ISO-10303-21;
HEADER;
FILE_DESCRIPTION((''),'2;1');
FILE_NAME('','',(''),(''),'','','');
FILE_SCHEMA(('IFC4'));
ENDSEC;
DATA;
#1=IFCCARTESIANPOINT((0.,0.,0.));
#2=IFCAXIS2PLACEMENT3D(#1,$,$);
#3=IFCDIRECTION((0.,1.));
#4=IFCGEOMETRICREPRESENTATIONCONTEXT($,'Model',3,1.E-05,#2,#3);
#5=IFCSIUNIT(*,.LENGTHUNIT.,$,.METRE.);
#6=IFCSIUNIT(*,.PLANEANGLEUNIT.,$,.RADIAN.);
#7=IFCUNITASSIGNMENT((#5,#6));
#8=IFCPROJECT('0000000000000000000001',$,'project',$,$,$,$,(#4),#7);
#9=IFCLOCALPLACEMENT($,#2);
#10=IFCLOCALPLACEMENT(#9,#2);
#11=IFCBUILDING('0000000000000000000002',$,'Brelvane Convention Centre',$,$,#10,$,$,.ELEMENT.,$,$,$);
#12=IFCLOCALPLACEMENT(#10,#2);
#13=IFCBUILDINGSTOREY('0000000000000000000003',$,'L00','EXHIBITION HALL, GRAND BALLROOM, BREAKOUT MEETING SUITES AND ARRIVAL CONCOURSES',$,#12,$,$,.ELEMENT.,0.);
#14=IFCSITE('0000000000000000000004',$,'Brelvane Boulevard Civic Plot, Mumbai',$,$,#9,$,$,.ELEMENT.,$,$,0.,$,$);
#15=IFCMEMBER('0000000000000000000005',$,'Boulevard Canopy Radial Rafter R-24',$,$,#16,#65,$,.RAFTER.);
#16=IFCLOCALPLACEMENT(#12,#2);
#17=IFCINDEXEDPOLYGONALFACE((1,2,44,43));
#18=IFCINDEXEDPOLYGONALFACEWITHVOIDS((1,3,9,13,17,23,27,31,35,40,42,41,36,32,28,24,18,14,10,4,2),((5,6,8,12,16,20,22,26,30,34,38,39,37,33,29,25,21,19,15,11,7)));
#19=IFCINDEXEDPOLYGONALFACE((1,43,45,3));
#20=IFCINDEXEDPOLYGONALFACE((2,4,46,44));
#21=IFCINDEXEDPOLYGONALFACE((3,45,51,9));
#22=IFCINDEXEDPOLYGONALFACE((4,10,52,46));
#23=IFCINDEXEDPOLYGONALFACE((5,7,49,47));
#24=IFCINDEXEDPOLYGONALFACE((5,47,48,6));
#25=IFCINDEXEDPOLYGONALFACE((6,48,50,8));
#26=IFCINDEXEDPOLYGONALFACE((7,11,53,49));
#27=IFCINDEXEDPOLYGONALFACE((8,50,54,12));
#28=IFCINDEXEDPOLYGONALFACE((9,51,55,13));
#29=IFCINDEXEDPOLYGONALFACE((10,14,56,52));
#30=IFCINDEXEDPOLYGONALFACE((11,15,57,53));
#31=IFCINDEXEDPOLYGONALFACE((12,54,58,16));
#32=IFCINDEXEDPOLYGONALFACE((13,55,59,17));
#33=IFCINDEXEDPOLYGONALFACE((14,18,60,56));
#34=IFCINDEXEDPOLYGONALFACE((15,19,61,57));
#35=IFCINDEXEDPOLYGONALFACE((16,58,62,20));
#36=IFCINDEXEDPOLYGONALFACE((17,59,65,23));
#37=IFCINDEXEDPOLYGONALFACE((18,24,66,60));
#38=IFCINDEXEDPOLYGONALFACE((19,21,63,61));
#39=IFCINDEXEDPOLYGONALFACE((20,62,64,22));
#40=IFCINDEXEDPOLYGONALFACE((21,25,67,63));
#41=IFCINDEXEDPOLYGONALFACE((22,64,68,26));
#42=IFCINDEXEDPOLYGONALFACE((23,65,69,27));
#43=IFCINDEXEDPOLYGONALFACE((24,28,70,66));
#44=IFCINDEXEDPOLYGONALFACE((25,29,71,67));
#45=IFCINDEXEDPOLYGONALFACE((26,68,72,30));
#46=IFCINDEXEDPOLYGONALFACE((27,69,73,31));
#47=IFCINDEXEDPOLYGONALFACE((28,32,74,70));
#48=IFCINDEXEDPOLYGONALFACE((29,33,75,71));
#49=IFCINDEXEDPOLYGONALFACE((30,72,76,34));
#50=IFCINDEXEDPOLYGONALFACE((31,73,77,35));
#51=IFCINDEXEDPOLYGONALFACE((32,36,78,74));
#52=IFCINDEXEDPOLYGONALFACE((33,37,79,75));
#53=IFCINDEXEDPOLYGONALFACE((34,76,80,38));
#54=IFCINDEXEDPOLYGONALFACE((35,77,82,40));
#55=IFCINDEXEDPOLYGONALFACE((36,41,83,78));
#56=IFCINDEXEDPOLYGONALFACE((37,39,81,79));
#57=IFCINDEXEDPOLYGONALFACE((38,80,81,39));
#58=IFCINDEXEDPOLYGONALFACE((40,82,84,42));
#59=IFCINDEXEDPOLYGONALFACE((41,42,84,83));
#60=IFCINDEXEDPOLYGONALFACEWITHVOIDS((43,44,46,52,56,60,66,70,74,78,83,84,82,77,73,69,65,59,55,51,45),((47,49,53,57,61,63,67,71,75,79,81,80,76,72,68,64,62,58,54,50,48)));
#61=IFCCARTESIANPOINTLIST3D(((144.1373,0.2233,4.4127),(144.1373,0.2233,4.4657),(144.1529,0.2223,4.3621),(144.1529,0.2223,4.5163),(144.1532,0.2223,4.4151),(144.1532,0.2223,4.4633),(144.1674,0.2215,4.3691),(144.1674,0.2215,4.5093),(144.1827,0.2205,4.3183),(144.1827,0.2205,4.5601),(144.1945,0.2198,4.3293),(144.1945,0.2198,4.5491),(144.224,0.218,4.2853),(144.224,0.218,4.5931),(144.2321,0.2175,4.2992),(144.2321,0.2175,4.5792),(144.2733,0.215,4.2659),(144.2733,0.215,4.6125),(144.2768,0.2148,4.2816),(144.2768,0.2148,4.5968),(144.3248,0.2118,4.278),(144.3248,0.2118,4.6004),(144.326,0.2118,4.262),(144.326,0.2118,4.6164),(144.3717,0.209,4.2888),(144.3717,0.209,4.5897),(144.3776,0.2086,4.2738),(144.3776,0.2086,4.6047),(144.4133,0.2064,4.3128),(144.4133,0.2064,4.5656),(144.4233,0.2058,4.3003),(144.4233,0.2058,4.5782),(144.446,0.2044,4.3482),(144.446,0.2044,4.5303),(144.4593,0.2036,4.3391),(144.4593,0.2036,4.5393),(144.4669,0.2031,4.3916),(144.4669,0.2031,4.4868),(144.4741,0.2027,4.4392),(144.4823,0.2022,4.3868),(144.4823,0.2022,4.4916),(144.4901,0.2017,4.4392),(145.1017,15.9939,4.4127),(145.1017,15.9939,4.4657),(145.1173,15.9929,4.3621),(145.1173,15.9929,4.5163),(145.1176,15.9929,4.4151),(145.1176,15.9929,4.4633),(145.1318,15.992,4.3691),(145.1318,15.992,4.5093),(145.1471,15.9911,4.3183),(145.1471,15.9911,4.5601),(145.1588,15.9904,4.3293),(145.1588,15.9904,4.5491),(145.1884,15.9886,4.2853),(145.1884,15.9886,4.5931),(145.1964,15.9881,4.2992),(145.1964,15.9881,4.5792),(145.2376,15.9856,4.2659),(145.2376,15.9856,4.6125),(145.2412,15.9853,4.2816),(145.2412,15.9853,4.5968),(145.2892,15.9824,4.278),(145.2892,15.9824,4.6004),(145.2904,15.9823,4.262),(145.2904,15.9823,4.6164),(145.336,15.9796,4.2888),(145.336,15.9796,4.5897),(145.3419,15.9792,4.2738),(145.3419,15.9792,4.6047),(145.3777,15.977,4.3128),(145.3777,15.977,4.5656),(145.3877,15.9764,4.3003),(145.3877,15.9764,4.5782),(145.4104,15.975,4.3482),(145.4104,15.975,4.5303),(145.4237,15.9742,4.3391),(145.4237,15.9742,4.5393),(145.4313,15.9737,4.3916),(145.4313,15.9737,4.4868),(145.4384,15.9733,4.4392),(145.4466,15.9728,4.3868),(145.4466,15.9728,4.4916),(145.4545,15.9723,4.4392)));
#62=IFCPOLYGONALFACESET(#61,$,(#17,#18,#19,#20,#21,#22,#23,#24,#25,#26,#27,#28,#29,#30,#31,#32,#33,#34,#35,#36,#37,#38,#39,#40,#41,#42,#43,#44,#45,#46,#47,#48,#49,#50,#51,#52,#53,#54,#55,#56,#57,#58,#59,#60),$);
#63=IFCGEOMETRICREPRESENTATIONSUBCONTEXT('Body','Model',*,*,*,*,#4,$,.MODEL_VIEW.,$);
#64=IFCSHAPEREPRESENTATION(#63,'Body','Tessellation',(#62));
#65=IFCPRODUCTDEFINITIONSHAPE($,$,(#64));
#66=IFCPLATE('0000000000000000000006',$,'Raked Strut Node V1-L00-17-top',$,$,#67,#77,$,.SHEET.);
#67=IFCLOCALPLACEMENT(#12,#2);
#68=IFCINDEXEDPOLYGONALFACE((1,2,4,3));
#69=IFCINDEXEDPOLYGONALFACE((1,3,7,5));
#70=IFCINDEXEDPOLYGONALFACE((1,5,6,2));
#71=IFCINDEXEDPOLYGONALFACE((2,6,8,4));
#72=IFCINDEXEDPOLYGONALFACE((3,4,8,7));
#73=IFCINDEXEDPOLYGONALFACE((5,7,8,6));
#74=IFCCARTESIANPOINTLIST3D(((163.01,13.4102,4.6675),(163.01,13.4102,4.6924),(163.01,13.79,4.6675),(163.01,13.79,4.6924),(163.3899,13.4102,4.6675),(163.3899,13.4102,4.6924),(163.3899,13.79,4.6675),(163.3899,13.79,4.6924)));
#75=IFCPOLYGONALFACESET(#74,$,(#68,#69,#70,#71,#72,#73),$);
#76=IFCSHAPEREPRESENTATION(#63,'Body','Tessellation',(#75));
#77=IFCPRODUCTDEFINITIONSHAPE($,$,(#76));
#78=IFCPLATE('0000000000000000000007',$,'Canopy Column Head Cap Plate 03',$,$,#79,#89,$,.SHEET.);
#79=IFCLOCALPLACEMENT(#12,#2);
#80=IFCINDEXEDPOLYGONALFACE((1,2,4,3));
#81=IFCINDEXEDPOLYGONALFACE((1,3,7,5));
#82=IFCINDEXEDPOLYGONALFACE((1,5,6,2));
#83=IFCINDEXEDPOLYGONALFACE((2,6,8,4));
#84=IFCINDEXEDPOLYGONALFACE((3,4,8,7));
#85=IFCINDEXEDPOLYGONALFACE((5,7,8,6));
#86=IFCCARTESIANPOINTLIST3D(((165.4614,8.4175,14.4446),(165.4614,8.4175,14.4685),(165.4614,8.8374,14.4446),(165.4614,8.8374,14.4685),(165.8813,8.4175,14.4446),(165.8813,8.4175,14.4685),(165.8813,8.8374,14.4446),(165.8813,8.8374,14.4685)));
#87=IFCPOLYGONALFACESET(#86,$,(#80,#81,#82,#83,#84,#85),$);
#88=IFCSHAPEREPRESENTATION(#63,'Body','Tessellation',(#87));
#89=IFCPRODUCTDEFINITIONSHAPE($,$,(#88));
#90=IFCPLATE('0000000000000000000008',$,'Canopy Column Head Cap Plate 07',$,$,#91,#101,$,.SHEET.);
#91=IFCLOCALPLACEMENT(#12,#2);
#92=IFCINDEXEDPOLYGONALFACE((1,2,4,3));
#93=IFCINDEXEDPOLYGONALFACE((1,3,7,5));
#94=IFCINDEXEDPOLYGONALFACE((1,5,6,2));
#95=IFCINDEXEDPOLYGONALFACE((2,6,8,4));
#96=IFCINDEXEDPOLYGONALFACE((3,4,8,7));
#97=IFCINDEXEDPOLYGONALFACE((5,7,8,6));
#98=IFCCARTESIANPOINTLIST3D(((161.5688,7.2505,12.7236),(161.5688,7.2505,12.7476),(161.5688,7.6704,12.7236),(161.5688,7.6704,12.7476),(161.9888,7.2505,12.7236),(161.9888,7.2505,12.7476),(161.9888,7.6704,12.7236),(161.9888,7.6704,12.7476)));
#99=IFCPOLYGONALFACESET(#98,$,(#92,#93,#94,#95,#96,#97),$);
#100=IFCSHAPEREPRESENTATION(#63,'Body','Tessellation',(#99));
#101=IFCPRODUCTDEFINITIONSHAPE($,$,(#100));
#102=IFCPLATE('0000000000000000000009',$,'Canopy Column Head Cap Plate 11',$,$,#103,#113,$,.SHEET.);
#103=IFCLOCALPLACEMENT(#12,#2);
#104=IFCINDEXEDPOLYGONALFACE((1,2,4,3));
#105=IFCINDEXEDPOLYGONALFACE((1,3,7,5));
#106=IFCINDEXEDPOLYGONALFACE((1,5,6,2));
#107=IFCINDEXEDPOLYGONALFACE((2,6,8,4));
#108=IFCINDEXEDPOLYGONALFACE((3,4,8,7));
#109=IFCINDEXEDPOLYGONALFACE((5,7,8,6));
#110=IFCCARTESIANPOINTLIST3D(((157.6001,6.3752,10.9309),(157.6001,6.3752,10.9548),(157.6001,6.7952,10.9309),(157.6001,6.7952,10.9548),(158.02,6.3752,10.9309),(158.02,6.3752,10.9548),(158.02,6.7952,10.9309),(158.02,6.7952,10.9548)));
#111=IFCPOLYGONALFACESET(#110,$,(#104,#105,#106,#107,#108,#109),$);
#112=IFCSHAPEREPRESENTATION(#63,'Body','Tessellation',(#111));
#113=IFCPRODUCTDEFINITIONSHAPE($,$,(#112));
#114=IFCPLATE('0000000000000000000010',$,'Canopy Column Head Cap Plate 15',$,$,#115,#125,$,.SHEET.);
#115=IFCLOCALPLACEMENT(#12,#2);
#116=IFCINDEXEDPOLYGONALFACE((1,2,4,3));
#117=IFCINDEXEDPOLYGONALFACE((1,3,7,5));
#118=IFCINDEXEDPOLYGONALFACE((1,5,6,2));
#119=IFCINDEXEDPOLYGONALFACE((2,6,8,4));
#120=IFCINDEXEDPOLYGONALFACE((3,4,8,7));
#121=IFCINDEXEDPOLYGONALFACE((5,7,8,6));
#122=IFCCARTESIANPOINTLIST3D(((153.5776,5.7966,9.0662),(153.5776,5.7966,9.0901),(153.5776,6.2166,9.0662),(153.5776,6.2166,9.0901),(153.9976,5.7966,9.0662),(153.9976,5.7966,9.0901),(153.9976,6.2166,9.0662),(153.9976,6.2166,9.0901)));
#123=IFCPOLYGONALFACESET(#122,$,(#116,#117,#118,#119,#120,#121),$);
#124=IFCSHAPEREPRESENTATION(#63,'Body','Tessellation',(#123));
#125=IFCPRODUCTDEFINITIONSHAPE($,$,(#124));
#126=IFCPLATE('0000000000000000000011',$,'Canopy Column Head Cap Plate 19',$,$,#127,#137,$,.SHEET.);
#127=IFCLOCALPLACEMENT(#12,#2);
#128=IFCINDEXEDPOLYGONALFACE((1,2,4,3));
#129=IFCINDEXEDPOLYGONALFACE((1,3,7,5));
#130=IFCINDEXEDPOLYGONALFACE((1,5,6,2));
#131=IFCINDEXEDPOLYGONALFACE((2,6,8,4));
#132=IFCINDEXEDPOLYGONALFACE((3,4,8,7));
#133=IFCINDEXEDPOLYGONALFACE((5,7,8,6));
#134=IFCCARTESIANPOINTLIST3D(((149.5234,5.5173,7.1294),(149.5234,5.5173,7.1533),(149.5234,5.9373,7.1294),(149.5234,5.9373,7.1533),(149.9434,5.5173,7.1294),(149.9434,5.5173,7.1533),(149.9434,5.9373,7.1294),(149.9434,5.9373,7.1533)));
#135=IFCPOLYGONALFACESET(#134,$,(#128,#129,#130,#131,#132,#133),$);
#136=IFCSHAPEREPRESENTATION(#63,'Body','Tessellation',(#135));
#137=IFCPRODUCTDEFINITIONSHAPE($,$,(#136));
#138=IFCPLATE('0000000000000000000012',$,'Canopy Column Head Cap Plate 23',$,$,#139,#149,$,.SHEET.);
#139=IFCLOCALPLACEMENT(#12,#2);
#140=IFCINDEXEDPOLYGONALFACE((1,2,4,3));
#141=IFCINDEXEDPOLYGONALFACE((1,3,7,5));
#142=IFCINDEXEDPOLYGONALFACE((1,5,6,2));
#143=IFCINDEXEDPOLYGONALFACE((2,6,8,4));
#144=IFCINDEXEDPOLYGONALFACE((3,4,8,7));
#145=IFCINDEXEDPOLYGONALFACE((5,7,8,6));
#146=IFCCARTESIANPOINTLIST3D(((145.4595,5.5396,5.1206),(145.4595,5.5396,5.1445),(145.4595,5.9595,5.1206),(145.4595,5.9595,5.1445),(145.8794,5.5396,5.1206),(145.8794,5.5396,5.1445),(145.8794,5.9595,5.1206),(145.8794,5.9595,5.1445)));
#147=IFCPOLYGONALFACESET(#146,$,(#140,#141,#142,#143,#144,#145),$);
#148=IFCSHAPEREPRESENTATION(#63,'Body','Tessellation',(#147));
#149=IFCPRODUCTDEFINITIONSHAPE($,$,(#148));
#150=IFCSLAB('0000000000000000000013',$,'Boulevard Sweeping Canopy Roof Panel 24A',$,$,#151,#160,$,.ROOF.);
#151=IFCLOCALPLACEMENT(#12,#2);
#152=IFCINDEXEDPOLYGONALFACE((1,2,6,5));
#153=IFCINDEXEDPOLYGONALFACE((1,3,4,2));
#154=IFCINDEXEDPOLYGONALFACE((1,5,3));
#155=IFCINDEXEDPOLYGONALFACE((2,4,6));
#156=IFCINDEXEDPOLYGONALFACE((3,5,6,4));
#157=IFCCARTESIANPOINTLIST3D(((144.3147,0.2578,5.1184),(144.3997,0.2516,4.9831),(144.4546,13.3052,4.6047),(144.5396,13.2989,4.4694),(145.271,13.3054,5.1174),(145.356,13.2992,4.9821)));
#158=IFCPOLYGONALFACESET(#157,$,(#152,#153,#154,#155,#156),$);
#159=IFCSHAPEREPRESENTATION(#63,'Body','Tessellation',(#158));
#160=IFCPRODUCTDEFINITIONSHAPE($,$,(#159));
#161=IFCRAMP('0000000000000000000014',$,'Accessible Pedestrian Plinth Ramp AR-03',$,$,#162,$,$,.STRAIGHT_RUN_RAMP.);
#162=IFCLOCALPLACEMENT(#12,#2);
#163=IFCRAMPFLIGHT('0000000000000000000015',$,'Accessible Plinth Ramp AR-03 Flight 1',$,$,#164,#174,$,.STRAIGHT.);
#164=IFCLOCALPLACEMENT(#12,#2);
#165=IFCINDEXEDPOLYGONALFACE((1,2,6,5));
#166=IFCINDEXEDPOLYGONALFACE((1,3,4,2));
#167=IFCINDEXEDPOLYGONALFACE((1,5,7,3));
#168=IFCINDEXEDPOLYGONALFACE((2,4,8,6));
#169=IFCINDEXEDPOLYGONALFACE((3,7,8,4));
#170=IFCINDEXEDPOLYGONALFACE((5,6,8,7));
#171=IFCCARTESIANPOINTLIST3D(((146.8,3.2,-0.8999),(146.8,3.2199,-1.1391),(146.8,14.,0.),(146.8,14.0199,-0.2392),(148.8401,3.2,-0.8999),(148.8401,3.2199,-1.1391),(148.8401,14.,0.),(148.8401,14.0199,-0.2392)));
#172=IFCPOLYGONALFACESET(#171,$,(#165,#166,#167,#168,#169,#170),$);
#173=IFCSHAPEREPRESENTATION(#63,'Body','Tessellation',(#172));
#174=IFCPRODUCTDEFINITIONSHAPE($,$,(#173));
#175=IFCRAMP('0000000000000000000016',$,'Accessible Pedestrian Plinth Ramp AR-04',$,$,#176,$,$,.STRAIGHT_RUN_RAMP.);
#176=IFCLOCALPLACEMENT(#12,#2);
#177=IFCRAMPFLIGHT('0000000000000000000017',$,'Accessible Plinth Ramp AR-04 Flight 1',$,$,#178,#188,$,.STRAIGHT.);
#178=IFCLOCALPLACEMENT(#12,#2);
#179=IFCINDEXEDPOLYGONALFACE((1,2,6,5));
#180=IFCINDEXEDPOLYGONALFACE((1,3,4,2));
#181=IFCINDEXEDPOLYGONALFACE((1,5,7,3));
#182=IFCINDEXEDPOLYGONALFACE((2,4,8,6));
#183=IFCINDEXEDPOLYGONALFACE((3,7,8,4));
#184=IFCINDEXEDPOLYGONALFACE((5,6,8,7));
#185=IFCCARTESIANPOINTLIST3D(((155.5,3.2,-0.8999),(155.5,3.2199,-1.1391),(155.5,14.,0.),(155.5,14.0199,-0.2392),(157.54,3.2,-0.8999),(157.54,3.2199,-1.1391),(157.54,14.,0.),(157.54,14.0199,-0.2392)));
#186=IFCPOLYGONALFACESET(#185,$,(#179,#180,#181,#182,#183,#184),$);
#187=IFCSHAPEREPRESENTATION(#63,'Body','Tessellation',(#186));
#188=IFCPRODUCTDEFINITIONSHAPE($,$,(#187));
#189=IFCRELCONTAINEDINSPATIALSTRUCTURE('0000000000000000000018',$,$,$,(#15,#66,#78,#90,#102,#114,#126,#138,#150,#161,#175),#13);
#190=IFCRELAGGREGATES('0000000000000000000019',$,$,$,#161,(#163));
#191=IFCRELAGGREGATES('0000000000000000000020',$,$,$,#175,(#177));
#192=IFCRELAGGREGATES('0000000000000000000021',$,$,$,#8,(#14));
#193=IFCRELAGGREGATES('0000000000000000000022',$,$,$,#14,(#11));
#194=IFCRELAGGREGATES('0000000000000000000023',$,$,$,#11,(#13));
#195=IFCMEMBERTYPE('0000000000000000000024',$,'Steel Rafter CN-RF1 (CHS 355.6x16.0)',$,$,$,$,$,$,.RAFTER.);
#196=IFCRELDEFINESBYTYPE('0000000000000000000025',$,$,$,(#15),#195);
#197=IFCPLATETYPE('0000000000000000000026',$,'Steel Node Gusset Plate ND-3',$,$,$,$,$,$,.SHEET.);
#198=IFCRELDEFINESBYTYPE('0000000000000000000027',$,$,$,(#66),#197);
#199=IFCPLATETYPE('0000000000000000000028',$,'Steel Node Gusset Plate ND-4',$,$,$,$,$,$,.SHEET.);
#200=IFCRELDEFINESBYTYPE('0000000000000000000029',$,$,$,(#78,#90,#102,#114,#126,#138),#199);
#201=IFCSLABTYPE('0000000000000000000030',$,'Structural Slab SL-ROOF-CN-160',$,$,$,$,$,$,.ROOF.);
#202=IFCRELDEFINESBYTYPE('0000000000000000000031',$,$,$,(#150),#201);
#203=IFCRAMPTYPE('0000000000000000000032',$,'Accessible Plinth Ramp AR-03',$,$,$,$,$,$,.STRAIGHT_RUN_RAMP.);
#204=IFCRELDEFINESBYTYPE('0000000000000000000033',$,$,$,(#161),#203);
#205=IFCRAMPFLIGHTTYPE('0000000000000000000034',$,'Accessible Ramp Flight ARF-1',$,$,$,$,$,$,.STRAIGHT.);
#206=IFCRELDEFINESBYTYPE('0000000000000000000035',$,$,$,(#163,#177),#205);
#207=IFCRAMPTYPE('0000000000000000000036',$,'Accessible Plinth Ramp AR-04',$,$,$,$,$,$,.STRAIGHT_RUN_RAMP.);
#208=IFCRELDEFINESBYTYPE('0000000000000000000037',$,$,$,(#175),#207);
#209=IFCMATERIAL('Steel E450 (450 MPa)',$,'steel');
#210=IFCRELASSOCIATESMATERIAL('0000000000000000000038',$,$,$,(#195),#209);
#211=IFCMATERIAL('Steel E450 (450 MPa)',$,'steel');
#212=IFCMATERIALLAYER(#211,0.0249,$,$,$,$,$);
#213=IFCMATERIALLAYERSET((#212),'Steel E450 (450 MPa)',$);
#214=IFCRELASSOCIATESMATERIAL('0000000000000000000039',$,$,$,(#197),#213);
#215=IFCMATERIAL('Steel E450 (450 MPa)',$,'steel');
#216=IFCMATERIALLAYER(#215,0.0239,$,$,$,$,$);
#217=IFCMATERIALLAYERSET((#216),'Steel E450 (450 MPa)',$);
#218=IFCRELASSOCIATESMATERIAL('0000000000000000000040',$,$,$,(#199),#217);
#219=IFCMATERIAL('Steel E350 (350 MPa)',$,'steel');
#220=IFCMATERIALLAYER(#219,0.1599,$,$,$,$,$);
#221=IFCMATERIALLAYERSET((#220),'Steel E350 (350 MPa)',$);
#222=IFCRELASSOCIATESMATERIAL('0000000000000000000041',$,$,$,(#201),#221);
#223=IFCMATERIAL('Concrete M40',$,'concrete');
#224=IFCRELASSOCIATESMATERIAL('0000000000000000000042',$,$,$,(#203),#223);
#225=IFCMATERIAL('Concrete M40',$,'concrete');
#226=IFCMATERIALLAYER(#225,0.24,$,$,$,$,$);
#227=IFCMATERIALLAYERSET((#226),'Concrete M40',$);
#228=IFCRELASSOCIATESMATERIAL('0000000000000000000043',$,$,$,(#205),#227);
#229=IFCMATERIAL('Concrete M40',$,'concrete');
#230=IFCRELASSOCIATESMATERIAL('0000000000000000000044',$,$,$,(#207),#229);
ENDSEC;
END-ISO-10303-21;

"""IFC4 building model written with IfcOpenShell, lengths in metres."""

from ifc_helpers import new_model, si_unit, direction, frame, origin, origin_2d, place, context, subcontext, project, spatial, polyline, rectangle, hollow_circle, outline, extrude, material, layer, layer_set, material_profile, profile_set, type_object, element, aggregate, save


model = new_model("IFC4")

# Units and contexts
model_context = context("Model", 3, precision=1e-05, world=origin(), true_north=direction((0.0, 1.0)))
body_context = subcontext(model_context, "Body", "Model", "MODEL_VIEW")
ifc_project = project(units=[si_unit("LENGTHUNIT", "METRE"), si_unit("PLANEANGLEUNIT", "RADIAN")], contexts=[model_context])

# Site, building, storey
site_placement = place(None, origin())
site = spatial("IfcSite", under=ifc_project, at=site_placement, Name="Brelvane Boulevard Civic Plot, Mumbai", CompositionType="ELEMENT", RefElevation=0.0)
building_placement = place(site_placement, origin())
building = spatial("IfcBuilding", under=site, at=building_placement, Name="Brelvane Convention Centre", CompositionType="ELEMENT")
storey_placement = place(building_placement, origin())
storey = spatial("IfcBuildingStorey", under=building, at=storey_placement, Name="L00", Description="EXHIBITION HALL, GRAND BALLROOM, BREAKOUT MEETING SUITES AND ARRIVAL CONCOURSES", CompositionType="ELEMENT", Elevation=0.0)

# Member
ifc_material_1 = material(Name="Steel E450 (450 MPa)", Category="steel")
ifc_material_profile_1 = material_profile(ifc_material_1, hollow_circle(Radius=0.1777, WallThickness=0.0161, at=origin_2d()), Name="CHS 355.6x16.0")
ifc_profile_set_1 = profile_set([ifc_material_profile_1], Name="Steel E450 (450 MPa)")
member_type = type_object("IfcMemberType", Name="Steel Rafter CN-RF1 (CHS 355.6x16.0)", PredefinedType="RAFTER", material=ifc_profile_set_1)
member_placement = place(storey_placement, frame((145.2771, 15.9832, 4.4392), z_axis=(-0.061035, -0.998136, 0.0), x_axis=(0.998136, -0.061035, 0.0)))
element("IfcMember", 1, at=member_placement, inside=storey, type_object=member_type, Name="Boulevard Canopy Radial Rafter R-24", PredefinedType="RAFTER", context=body_context, shape_type="SweptSolid", body=[
    extrude(hollow_circle(Radius=0.1777, WallThickness=0.0161, at=origin_2d()), origin(), (0.0, 0.0, 1.0), 15.8),
])

# Plates
ifc_material_2 = material(Name="Steel E450 (450 MPa)", Category="steel")
ifc_layer_1 = layer(ifc_material_2, 0.0249)
ifc_layer_set_1 = layer_set([ifc_layer_1], Name="Steel E450 (450 MPa)")
plate_type_1 = type_object("IfcPlateType", Name="Steel Node Gusset Plate ND-3", PredefinedType="SHEET", material=ifc_layer_set_1)
plate_placement = place(storey_placement, frame((163.2, 13.6001, 4.6675), z_axis=(0.0, 0.0, 1.0), x_axis=(1.0, 0.0, 0.0)))
element("IfcPlate", 2, at=plate_placement, inside=storey, type_object=plate_type_1, Name="Raked Strut Node V1-L00-17-top", PredefinedType="SHEET", context=body_context, shape_type="SweptSolid", body=[
    extrude(rectangle(XDim=0.3799, YDim=0.3799, at=origin_2d()), origin(), (0.0, 0.0, 1.0), 0.0249),
])
ifc_material_3 = material(Name="Steel E450 (450 MPa)", Category="steel")
ifc_layer_2 = layer(ifc_material_3, 0.0239)
ifc_layer_set_2 = layer_set([ifc_layer_2], Name="Steel E450 (450 MPa)")
plate_type_2 = type_object("IfcPlateType", Name="Steel Node Gusset Plate ND-4", PredefinedType="SHEET", material=ifc_layer_set_2)
for number, where, z_axis, x_axis, name in (
    (3, (165.6714, 8.6274, 14.4446), (0.0, 0.0, 1.0), (1.0, 0.0, 0.0), "Canopy Column Head Cap Plate 03"),
    (4, (161.7788, 7.4604, 12.7236), (0.0, 0.0, 1.0), (1.0, 0.0, 0.0), "Canopy Column Head Cap Plate 07"),
    (5, (157.8101, 6.5852, 10.9309), (0.0, 0.0, 1.0), (1.0, 0.0, 0.0), "Canopy Column Head Cap Plate 11"),
    (6, (153.7876, 6.0066, 9.0662), (0.0, 0.0, 1.0), (1.0, 0.0, 0.0), "Canopy Column Head Cap Plate 15"),
    (7, (149.7334, 5.7273, 7.1294), (0.0, 0.0, 1.0), (1.0, 0.0, 0.0), "Canopy Column Head Cap Plate 19"),
    (8, (145.6694, 5.7495, 5.1206), (0.0, 0.0, 1.0), (1.0, 0.0, 0.0), "Canopy Column Head Cap Plate 23"),
):
    element("IfcPlate", number, at=place(storey_placement, frame(where, z_axis=z_axis, x_axis=x_axis)), inside=storey, type_object=plate_type_2, Name=name, PredefinedType="SHEET", context=body_context, shape_type="SweptSolid", body=[
        extrude(rectangle(XDim=0.4199, YDim=0.4199, at=origin_2d()), origin(), (0.0, 0.0, 1.0), 0.0239),
    ])

# Slab
ifc_material_4 = material(Name="Steel E350 (350 MPa)", Category="steel")
ifc_layer_3 = layer(ifc_material_4, 0.1599)
ifc_layer_set_3 = layer_set([ifc_layer_3], Name="Steel E350 (350 MPa)")
slab_type = type_object("IfcSlabType", Name="Structural Slab SL-ROOF-CN-160", PredefinedType="ROOF", material=ifc_layer_set_3)
slab_placement = place(storey_placement, frame((145.271, 13.3054, 5.1174), z_axis=(-0.531422, 0.039013, 0.846208), x_axis=(-0.073097, -0.997325, 0.000075)))
element("IfcSlab", 9, at=slab_placement, inside=storey, type_object=slab_type, Name="Boulevard Sweeping Canopy Roof Panel 24A", PredefinedType="ROOF", context=body_context, shape_type="SweptSolid", body=[
    extrude(outline(polyline([(0.0, 0.0), (13.0826, 0.0), (0.0599, -0.9622), (0.0, 0.0)])), origin(), (0.0, 0.0, -1.0), 0.1599),
])

# Ramps, ramp flights
ifc_material_5 = material(Name="Concrete M40", Category="concrete")
ramp_type_1 = type_object("IfcRampType", Name="Accessible Plinth Ramp AR-03", PredefinedType="STRAIGHT_RUN_RAMP", material=ifc_material_5)
ramp_1_placement = place(storey_placement, origin())
ramp_1 = element("IfcRamp", 10, at=ramp_1_placement, inside=storey, type_object=ramp_type_1, Name="Accessible Pedestrian Plinth Ramp AR-03", PredefinedType="STRAIGHT_RUN_RAMP")
ifc_material_6 = material(Name="Concrete M40", Category="concrete")
ifc_layer_4 = layer(ifc_material_6, 0.24)
ifc_layer_set_4 = layer_set([ifc_layer_4], Name="Concrete M40")
ramp_flight_type = type_object("IfcRampFlightType", Name="Accessible Ramp Flight ARF-1", PredefinedType="STRAIGHT", material=ifc_layer_set_4)
ramp_flight_1_placement = place(storey_placement, frame((146.8, 3.2, -0.8999), z_axis=(0.0, -0.083036, 0.996547), x_axis=(1.0, 0.0, 0.0)))
ramp_flight_1 = element("IfcRampFlight", 11, at=ramp_flight_1_placement, type_object=ramp_flight_type, Name="Accessible Plinth Ramp AR-03 Flight 1", PredefinedType="STRAIGHT", context=body_context, shape_type="SweptSolid", body=[
    extrude(outline(polyline([(0.0, 0.0), (2.04, 0.0), (2.04, 10.8375), (0.0, 10.8375), (0.0, 0.0)])), origin(), (0.0, 0.0, -1.0), 0.24),
])
aggregate(ramp_1, [ramp_flight_1])
ifc_material_7 = material(Name="Concrete M40", Category="concrete")
ramp_type_2 = type_object("IfcRampType", Name="Accessible Plinth Ramp AR-04", PredefinedType="STRAIGHT_RUN_RAMP", material=ifc_material_7)
ramp_2_placement = place(storey_placement, origin())
ramp_2 = element("IfcRamp", 12, at=ramp_2_placement, inside=storey, type_object=ramp_type_2, Name="Accessible Pedestrian Plinth Ramp AR-04", PredefinedType="STRAIGHT_RUN_RAMP")
ramp_flight_2_placement = place(storey_placement, frame((155.5, 3.2, -0.8999), z_axis=(0.0, -0.083036, 0.996547), x_axis=(1.0, 0.0, 0.0)))
ramp_flight_2 = element("IfcRampFlight", 13, at=ramp_flight_2_placement, type_object=ramp_flight_type, Name="Accessible Plinth Ramp AR-04 Flight 1", PredefinedType="STRAIGHT", context=body_context, shape_type="SweptSolid", body=[
    extrude(outline(polyline([(0.0, 0.0), (2.04, 0.0), (2.04, 10.8375), (0.0, 10.8375), (0.0, 0.0)])), origin(), (0.0, 0.0, -1.0), 0.24),
])
aggregate(ramp_2, [ramp_flight_2])

save(model, "model.ifc")
